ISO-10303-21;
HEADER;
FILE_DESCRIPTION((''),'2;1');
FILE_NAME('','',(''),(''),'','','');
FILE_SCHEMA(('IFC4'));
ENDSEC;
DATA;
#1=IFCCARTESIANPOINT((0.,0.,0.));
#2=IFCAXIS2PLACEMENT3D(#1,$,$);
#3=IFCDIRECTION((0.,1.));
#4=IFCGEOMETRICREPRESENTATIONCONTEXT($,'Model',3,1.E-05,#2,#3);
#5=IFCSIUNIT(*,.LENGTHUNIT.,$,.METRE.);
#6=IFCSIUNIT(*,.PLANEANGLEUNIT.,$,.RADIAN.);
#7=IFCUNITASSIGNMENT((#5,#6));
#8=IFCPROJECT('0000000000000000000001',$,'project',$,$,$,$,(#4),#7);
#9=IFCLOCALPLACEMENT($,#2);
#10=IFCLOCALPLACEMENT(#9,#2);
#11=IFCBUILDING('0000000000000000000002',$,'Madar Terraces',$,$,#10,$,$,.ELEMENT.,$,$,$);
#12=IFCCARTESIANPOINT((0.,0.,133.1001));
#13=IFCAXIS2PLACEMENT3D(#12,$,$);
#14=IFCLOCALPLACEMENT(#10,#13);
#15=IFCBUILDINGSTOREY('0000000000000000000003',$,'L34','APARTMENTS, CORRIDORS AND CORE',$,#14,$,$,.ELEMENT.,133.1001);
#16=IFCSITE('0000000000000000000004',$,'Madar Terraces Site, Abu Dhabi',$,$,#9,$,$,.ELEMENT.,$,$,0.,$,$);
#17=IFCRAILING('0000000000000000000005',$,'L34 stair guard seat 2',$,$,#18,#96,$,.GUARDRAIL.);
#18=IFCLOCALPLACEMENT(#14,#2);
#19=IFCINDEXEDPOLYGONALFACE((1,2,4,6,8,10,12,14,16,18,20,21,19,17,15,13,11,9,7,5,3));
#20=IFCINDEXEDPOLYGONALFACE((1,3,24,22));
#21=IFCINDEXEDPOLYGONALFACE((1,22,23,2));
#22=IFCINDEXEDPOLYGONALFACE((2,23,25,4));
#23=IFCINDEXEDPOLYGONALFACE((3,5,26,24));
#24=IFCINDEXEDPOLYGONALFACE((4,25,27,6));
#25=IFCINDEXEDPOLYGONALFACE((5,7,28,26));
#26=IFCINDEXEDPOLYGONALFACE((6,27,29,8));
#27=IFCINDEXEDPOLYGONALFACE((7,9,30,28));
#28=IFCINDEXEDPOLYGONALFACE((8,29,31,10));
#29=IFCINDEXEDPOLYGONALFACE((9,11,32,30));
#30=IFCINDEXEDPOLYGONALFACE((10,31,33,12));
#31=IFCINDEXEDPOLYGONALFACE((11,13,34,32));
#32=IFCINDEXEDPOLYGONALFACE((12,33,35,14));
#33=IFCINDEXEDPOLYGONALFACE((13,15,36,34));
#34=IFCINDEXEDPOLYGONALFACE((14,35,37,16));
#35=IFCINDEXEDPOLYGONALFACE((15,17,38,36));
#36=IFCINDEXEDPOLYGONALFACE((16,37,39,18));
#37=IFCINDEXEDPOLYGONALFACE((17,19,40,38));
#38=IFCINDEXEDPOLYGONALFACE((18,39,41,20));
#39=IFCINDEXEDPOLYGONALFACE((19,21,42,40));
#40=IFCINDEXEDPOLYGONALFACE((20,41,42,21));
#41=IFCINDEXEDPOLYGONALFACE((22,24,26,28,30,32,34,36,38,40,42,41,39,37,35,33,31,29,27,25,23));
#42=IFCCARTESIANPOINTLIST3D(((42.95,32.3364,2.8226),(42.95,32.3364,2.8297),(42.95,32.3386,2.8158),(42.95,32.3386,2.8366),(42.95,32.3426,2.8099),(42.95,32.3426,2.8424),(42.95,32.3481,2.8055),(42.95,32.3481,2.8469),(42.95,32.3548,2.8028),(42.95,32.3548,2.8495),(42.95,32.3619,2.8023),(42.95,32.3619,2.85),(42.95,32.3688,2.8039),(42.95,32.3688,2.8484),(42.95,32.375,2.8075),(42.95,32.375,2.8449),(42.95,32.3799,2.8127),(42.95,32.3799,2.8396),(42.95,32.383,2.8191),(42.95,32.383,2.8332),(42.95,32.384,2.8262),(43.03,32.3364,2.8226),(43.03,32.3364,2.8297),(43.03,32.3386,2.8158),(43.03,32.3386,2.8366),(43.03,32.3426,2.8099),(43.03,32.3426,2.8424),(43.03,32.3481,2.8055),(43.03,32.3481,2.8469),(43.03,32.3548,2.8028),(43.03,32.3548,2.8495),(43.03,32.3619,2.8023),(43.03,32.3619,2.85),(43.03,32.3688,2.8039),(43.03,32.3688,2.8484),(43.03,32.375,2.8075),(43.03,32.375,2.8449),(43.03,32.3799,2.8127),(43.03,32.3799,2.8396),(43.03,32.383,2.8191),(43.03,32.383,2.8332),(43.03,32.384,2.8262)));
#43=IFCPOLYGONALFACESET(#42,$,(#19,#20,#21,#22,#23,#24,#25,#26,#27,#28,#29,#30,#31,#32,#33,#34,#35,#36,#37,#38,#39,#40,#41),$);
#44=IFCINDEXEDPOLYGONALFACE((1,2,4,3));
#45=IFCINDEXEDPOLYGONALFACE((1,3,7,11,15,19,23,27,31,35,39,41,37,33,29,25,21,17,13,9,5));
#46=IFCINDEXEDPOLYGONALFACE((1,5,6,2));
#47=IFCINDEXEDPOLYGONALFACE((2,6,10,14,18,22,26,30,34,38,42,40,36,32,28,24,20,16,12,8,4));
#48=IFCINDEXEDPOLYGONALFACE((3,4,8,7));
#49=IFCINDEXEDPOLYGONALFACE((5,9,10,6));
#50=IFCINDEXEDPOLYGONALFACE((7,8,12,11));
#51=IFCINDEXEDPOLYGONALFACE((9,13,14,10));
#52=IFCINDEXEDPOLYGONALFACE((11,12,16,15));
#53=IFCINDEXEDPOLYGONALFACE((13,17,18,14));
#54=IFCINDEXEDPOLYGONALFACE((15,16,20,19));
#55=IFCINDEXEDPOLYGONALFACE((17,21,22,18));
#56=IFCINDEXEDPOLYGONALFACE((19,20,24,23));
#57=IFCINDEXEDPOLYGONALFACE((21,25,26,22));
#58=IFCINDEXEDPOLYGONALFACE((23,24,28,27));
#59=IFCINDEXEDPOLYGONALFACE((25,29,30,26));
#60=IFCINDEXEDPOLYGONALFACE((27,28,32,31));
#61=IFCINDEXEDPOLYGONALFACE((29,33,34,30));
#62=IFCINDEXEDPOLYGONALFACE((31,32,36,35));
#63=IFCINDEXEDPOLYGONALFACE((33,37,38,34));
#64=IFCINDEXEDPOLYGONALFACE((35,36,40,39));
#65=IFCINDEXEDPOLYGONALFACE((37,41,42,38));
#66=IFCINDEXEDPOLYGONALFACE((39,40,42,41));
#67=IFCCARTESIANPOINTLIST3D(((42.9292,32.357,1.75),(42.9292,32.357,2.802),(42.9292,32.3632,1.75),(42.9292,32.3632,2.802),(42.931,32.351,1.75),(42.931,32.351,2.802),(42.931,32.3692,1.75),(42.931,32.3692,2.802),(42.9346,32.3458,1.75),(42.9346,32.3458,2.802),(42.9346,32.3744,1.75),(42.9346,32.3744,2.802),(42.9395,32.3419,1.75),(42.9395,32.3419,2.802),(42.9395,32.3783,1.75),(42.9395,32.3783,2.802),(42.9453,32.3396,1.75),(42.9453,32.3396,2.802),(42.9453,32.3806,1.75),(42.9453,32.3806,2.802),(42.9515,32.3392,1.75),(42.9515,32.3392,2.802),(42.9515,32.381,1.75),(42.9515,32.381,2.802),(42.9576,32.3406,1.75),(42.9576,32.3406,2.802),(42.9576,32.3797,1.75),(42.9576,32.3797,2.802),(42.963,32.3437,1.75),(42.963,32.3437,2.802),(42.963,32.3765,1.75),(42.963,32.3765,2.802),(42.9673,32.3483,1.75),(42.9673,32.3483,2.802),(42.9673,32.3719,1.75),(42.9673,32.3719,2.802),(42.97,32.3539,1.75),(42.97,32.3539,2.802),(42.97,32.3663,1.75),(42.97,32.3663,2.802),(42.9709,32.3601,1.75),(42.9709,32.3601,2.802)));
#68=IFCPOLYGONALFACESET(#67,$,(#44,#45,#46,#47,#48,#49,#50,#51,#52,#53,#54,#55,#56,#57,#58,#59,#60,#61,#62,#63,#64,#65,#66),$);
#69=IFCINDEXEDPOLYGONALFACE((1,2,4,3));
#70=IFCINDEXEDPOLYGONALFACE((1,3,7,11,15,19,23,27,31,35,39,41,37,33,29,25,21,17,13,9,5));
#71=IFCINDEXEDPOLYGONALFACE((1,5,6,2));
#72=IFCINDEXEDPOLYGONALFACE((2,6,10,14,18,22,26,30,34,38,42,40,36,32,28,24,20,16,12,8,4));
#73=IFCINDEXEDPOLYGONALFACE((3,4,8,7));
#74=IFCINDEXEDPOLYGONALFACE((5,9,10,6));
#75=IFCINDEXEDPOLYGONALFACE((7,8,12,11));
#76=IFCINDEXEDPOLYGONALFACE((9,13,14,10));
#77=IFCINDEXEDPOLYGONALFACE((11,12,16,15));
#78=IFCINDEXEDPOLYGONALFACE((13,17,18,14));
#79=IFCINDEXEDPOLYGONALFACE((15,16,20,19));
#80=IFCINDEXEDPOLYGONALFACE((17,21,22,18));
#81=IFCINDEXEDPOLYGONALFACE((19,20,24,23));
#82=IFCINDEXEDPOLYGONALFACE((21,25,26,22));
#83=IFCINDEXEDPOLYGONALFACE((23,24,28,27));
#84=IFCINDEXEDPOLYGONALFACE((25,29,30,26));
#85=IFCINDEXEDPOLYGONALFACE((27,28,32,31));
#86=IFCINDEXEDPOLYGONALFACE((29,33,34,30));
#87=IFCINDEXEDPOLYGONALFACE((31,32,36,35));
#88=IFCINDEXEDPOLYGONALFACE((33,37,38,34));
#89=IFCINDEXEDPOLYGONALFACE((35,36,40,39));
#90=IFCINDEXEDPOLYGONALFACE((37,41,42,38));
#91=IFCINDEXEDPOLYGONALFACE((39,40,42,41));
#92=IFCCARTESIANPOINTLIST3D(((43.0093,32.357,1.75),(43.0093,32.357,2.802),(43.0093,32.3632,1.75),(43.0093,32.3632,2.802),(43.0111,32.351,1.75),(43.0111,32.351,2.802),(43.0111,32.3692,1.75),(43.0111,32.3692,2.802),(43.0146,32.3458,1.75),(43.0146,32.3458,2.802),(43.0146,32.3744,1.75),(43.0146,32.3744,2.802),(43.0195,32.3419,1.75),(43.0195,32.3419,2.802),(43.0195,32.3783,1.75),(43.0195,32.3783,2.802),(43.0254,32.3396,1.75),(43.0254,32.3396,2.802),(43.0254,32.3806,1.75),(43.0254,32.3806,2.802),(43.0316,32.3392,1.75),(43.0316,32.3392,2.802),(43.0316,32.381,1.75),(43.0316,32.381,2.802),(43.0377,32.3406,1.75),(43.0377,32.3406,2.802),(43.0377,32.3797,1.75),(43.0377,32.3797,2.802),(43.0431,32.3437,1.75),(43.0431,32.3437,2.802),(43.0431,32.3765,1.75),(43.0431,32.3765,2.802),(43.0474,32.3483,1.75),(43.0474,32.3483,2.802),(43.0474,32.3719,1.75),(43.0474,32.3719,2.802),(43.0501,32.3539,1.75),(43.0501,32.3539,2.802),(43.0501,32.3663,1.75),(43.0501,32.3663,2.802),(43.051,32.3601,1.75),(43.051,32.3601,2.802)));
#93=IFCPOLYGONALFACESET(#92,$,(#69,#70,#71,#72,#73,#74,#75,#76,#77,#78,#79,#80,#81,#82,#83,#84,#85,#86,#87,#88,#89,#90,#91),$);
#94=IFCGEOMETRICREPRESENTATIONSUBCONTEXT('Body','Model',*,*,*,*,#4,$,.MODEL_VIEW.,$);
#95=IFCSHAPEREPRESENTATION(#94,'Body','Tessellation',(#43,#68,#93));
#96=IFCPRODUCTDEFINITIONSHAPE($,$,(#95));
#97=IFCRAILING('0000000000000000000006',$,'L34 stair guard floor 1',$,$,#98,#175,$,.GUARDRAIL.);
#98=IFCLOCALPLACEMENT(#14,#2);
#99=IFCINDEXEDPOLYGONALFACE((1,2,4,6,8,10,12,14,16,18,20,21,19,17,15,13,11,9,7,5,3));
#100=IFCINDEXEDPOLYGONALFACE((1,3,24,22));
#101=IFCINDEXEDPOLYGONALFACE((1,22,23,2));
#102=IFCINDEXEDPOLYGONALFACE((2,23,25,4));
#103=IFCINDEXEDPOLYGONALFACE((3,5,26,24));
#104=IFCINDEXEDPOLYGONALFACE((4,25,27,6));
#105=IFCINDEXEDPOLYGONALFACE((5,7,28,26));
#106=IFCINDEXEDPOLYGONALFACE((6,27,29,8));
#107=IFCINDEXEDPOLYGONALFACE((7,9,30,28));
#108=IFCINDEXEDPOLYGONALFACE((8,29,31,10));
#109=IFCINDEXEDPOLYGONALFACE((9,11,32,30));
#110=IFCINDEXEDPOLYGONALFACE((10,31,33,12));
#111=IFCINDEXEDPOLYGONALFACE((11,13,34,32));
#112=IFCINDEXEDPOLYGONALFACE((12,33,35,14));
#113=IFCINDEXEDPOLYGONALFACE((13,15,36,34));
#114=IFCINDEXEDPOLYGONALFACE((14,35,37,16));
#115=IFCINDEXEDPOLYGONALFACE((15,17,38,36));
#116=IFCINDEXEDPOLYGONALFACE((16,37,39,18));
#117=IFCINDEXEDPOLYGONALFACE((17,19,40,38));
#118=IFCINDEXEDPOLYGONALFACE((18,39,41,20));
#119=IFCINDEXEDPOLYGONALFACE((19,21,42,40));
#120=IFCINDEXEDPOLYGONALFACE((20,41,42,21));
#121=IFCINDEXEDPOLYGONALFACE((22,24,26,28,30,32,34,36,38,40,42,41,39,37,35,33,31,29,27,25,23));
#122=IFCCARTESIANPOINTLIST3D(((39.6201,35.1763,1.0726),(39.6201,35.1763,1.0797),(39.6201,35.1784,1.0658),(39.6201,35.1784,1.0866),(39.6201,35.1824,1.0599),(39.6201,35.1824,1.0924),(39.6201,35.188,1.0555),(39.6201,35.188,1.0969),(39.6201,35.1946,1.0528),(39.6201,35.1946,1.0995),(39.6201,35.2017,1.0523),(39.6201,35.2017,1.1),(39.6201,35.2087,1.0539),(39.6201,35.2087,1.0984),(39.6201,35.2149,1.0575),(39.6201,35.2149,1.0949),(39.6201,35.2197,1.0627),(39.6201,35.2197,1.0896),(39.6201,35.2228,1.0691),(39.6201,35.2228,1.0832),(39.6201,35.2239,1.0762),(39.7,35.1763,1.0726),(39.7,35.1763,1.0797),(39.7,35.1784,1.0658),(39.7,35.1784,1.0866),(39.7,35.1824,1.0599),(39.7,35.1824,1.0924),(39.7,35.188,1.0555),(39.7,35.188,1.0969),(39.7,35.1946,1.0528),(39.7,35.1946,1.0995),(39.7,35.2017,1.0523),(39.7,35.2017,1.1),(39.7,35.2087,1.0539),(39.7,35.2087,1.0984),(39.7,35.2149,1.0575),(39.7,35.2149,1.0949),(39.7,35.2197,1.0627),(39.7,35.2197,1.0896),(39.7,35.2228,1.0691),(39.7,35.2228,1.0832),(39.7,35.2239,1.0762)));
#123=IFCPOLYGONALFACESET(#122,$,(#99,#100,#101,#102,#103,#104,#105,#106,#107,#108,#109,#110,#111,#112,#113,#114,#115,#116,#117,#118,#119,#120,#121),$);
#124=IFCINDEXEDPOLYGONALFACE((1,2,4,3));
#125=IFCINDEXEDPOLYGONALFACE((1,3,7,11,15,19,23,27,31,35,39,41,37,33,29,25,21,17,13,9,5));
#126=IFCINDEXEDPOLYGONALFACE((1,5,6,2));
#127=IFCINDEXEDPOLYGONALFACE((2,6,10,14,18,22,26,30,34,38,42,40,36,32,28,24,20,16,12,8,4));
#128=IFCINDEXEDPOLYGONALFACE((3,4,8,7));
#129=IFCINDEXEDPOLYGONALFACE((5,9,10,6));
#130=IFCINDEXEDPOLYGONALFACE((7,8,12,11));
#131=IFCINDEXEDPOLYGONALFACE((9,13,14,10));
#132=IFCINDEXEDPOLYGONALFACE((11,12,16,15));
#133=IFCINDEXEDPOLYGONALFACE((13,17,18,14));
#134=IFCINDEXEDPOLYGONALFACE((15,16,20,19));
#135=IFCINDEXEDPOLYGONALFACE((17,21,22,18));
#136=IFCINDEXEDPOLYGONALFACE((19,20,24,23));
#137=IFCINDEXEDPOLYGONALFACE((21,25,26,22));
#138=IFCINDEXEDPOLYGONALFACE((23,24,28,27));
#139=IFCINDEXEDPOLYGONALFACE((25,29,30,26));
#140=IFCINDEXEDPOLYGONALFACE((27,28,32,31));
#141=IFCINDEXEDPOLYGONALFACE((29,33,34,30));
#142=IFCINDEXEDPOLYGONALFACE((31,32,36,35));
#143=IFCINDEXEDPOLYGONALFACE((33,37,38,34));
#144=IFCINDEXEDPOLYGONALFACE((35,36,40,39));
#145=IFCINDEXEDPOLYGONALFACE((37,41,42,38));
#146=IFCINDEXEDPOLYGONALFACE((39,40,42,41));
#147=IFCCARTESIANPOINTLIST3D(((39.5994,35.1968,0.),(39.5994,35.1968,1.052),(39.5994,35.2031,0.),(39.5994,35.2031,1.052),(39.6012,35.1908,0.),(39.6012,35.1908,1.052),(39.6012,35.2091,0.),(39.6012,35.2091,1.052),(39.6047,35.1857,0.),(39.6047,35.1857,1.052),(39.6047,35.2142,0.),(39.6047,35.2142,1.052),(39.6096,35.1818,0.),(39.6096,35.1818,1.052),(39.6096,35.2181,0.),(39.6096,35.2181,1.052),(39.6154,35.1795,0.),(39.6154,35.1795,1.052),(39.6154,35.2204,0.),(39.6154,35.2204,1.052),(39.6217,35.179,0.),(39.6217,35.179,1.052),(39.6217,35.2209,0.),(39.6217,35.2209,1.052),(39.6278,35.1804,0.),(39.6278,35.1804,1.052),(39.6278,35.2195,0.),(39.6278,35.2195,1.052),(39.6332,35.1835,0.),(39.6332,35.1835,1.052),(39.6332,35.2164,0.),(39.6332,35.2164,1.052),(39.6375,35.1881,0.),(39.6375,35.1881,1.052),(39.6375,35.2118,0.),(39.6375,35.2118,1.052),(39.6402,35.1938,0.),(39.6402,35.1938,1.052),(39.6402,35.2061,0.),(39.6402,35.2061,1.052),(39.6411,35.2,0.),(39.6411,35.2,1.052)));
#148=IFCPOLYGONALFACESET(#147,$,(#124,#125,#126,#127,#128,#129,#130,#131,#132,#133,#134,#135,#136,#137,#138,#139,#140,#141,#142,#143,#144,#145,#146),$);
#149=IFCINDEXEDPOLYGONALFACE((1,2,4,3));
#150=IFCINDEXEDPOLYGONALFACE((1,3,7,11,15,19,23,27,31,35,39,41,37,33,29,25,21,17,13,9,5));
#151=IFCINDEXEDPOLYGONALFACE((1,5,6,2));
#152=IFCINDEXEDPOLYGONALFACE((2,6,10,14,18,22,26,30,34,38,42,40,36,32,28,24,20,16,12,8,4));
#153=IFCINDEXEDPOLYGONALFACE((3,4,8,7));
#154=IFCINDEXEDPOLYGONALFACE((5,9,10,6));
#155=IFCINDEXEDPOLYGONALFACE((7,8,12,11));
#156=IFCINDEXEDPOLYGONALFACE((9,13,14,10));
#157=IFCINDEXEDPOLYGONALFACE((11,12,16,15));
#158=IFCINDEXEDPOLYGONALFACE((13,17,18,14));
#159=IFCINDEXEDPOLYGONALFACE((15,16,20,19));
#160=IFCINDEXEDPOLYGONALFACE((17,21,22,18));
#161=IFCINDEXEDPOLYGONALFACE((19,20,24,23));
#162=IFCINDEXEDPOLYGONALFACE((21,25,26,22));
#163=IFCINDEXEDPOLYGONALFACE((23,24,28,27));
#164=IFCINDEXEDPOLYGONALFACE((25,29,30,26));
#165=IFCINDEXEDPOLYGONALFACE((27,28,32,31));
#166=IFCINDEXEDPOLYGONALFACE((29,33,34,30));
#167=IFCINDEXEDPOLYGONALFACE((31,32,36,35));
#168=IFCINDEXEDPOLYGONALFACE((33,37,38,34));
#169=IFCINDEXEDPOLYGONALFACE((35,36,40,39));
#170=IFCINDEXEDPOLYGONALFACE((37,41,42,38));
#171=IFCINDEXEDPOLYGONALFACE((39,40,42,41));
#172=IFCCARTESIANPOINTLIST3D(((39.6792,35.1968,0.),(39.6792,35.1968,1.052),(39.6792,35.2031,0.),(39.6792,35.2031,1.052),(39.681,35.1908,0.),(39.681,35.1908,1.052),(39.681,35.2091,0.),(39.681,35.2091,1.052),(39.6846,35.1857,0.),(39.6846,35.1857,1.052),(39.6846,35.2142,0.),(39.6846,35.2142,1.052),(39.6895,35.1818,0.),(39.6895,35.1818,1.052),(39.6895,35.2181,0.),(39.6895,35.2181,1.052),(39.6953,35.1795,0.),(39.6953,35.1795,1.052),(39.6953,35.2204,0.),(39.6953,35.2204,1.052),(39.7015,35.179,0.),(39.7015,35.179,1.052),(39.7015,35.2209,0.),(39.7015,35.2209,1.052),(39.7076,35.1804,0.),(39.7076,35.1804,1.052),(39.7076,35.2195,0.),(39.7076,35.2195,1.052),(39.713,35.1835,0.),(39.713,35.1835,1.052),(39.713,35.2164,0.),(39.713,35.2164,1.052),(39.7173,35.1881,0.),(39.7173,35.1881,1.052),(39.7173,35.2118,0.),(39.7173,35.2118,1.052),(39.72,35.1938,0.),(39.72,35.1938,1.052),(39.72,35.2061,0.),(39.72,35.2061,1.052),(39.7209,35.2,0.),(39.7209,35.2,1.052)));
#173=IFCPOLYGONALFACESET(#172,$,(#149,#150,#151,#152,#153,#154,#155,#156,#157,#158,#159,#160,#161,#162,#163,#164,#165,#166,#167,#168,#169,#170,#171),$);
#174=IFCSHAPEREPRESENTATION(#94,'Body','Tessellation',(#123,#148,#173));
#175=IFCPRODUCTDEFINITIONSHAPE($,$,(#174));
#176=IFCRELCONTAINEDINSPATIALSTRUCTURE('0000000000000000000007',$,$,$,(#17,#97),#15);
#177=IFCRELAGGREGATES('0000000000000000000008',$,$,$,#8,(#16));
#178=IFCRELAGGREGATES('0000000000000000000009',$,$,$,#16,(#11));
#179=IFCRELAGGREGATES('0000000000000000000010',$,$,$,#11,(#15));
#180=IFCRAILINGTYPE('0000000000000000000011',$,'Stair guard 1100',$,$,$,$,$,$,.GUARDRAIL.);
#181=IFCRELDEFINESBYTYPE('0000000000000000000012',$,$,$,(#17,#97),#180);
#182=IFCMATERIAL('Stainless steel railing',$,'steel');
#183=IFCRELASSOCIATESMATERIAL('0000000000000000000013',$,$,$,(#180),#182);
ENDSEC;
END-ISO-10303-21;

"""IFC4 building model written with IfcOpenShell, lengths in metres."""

from ifc_helpers import new_model, si_unit, direction, frame, origin, origin_2d, place, context, subcontext, project, spatial, circle, extrude, material, type_object, element, save


model = new_model("IFC4")

# Units and contexts
model_context = context("Model", 3, precision=1e-05, world=origin(), true_north=direction((0.0, 1.0)))
body_context = subcontext(model_context, "Body", "Model", "MODEL_VIEW")
ifc_project = project(units=[si_unit("LENGTHUNIT", "METRE"), si_unit("PLANEANGLEUNIT", "RADIAN")], contexts=[model_context])

# Site, building, storey
site_placement = place(None, origin())
site = spatial("IfcSite", under=ifc_project, at=site_placement, Name="Madar Terraces Site, Abu Dhabi", CompositionType="ELEMENT", RefElevation=0.0)
building_placement = place(site_placement, origin())
building = spatial("IfcBuilding", under=site, at=building_placement, Name="Madar Terraces", CompositionType="ELEMENT")
storey_placement = place(building_placement, frame((0.0, 0.0, 133.1001)))
storey = spatial("IfcBuildingStorey", under=building, at=storey_placement, Name="L34", Description="APARTMENTS, CORRIDORS AND CORE", CompositionType="ELEMENT", Elevation=133.1001)

# Railings
ifc_material_1 = material(Name="Stainless steel railing", Category="steel")
railing_type_1 = type_object("IfcRailingType", Name="Stair guard 1100", PredefinedType="GUARDRAIL", material=ifc_material_1)
railing_1_placement = place(storey_placement, frame((42.95, 32.3601, 1.75)))
element("IfcRailing", 1, at=railing_1_placement, inside=storey, type_object=railing_type_1, Name="L34 stair guard seat 2", PredefinedType="GUARDRAIL", context=body_context, shape_type="SweptSolid", body=[
    extrude(circle(Radius=0.0239, at=origin_2d()), frame((0.0, 0.0, 1.0762), z_axis=(1.0, 0.0, 0.0), x_axis=(0.0, 1.0, 0.0)), (0.0, 0.0, 1.0), 0.0801),
    extrude(circle(Radius=0.021, at=origin_2d()), origin(), (0.0, 0.0, 1.0), 1.052),
    extrude(circle(Radius=0.021, at=origin_2d()), frame((0.0801, 0.0, 0.0)), (0.0, 0.0, 1.0), 1.052),
])
railing_2_placement = place(storey_placement, frame((39.6201, 35.2, 0.0)))
element("IfcRailing", 2, at=railing_2_placement, inside=storey, type_object=railing_type_1, Name="L34 stair guard floor 1", PredefinedType="GUARDRAIL", context=body_context, shape_type="SweptSolid", body=[
    extrude(circle(Radius=0.0239, at=origin_2d()), frame((0.0, 0.0, 1.0762), z_axis=(1.0, 0.0, 0.0), x_axis=(0.0, 1.0, 0.0)), (0.0, 0.0, 1.0), 0.0798),
    extrude(circle(Radius=0.021, at=origin_2d()), origin(), (0.0, 0.0, 1.0), 1.052),
    extrude(circle(Radius=0.021, at=origin_2d()), frame((0.0798, 0.0, 0.0)), (0.0, 0.0, 1.0), 1.052),
])

save(model, "model.ifc")
